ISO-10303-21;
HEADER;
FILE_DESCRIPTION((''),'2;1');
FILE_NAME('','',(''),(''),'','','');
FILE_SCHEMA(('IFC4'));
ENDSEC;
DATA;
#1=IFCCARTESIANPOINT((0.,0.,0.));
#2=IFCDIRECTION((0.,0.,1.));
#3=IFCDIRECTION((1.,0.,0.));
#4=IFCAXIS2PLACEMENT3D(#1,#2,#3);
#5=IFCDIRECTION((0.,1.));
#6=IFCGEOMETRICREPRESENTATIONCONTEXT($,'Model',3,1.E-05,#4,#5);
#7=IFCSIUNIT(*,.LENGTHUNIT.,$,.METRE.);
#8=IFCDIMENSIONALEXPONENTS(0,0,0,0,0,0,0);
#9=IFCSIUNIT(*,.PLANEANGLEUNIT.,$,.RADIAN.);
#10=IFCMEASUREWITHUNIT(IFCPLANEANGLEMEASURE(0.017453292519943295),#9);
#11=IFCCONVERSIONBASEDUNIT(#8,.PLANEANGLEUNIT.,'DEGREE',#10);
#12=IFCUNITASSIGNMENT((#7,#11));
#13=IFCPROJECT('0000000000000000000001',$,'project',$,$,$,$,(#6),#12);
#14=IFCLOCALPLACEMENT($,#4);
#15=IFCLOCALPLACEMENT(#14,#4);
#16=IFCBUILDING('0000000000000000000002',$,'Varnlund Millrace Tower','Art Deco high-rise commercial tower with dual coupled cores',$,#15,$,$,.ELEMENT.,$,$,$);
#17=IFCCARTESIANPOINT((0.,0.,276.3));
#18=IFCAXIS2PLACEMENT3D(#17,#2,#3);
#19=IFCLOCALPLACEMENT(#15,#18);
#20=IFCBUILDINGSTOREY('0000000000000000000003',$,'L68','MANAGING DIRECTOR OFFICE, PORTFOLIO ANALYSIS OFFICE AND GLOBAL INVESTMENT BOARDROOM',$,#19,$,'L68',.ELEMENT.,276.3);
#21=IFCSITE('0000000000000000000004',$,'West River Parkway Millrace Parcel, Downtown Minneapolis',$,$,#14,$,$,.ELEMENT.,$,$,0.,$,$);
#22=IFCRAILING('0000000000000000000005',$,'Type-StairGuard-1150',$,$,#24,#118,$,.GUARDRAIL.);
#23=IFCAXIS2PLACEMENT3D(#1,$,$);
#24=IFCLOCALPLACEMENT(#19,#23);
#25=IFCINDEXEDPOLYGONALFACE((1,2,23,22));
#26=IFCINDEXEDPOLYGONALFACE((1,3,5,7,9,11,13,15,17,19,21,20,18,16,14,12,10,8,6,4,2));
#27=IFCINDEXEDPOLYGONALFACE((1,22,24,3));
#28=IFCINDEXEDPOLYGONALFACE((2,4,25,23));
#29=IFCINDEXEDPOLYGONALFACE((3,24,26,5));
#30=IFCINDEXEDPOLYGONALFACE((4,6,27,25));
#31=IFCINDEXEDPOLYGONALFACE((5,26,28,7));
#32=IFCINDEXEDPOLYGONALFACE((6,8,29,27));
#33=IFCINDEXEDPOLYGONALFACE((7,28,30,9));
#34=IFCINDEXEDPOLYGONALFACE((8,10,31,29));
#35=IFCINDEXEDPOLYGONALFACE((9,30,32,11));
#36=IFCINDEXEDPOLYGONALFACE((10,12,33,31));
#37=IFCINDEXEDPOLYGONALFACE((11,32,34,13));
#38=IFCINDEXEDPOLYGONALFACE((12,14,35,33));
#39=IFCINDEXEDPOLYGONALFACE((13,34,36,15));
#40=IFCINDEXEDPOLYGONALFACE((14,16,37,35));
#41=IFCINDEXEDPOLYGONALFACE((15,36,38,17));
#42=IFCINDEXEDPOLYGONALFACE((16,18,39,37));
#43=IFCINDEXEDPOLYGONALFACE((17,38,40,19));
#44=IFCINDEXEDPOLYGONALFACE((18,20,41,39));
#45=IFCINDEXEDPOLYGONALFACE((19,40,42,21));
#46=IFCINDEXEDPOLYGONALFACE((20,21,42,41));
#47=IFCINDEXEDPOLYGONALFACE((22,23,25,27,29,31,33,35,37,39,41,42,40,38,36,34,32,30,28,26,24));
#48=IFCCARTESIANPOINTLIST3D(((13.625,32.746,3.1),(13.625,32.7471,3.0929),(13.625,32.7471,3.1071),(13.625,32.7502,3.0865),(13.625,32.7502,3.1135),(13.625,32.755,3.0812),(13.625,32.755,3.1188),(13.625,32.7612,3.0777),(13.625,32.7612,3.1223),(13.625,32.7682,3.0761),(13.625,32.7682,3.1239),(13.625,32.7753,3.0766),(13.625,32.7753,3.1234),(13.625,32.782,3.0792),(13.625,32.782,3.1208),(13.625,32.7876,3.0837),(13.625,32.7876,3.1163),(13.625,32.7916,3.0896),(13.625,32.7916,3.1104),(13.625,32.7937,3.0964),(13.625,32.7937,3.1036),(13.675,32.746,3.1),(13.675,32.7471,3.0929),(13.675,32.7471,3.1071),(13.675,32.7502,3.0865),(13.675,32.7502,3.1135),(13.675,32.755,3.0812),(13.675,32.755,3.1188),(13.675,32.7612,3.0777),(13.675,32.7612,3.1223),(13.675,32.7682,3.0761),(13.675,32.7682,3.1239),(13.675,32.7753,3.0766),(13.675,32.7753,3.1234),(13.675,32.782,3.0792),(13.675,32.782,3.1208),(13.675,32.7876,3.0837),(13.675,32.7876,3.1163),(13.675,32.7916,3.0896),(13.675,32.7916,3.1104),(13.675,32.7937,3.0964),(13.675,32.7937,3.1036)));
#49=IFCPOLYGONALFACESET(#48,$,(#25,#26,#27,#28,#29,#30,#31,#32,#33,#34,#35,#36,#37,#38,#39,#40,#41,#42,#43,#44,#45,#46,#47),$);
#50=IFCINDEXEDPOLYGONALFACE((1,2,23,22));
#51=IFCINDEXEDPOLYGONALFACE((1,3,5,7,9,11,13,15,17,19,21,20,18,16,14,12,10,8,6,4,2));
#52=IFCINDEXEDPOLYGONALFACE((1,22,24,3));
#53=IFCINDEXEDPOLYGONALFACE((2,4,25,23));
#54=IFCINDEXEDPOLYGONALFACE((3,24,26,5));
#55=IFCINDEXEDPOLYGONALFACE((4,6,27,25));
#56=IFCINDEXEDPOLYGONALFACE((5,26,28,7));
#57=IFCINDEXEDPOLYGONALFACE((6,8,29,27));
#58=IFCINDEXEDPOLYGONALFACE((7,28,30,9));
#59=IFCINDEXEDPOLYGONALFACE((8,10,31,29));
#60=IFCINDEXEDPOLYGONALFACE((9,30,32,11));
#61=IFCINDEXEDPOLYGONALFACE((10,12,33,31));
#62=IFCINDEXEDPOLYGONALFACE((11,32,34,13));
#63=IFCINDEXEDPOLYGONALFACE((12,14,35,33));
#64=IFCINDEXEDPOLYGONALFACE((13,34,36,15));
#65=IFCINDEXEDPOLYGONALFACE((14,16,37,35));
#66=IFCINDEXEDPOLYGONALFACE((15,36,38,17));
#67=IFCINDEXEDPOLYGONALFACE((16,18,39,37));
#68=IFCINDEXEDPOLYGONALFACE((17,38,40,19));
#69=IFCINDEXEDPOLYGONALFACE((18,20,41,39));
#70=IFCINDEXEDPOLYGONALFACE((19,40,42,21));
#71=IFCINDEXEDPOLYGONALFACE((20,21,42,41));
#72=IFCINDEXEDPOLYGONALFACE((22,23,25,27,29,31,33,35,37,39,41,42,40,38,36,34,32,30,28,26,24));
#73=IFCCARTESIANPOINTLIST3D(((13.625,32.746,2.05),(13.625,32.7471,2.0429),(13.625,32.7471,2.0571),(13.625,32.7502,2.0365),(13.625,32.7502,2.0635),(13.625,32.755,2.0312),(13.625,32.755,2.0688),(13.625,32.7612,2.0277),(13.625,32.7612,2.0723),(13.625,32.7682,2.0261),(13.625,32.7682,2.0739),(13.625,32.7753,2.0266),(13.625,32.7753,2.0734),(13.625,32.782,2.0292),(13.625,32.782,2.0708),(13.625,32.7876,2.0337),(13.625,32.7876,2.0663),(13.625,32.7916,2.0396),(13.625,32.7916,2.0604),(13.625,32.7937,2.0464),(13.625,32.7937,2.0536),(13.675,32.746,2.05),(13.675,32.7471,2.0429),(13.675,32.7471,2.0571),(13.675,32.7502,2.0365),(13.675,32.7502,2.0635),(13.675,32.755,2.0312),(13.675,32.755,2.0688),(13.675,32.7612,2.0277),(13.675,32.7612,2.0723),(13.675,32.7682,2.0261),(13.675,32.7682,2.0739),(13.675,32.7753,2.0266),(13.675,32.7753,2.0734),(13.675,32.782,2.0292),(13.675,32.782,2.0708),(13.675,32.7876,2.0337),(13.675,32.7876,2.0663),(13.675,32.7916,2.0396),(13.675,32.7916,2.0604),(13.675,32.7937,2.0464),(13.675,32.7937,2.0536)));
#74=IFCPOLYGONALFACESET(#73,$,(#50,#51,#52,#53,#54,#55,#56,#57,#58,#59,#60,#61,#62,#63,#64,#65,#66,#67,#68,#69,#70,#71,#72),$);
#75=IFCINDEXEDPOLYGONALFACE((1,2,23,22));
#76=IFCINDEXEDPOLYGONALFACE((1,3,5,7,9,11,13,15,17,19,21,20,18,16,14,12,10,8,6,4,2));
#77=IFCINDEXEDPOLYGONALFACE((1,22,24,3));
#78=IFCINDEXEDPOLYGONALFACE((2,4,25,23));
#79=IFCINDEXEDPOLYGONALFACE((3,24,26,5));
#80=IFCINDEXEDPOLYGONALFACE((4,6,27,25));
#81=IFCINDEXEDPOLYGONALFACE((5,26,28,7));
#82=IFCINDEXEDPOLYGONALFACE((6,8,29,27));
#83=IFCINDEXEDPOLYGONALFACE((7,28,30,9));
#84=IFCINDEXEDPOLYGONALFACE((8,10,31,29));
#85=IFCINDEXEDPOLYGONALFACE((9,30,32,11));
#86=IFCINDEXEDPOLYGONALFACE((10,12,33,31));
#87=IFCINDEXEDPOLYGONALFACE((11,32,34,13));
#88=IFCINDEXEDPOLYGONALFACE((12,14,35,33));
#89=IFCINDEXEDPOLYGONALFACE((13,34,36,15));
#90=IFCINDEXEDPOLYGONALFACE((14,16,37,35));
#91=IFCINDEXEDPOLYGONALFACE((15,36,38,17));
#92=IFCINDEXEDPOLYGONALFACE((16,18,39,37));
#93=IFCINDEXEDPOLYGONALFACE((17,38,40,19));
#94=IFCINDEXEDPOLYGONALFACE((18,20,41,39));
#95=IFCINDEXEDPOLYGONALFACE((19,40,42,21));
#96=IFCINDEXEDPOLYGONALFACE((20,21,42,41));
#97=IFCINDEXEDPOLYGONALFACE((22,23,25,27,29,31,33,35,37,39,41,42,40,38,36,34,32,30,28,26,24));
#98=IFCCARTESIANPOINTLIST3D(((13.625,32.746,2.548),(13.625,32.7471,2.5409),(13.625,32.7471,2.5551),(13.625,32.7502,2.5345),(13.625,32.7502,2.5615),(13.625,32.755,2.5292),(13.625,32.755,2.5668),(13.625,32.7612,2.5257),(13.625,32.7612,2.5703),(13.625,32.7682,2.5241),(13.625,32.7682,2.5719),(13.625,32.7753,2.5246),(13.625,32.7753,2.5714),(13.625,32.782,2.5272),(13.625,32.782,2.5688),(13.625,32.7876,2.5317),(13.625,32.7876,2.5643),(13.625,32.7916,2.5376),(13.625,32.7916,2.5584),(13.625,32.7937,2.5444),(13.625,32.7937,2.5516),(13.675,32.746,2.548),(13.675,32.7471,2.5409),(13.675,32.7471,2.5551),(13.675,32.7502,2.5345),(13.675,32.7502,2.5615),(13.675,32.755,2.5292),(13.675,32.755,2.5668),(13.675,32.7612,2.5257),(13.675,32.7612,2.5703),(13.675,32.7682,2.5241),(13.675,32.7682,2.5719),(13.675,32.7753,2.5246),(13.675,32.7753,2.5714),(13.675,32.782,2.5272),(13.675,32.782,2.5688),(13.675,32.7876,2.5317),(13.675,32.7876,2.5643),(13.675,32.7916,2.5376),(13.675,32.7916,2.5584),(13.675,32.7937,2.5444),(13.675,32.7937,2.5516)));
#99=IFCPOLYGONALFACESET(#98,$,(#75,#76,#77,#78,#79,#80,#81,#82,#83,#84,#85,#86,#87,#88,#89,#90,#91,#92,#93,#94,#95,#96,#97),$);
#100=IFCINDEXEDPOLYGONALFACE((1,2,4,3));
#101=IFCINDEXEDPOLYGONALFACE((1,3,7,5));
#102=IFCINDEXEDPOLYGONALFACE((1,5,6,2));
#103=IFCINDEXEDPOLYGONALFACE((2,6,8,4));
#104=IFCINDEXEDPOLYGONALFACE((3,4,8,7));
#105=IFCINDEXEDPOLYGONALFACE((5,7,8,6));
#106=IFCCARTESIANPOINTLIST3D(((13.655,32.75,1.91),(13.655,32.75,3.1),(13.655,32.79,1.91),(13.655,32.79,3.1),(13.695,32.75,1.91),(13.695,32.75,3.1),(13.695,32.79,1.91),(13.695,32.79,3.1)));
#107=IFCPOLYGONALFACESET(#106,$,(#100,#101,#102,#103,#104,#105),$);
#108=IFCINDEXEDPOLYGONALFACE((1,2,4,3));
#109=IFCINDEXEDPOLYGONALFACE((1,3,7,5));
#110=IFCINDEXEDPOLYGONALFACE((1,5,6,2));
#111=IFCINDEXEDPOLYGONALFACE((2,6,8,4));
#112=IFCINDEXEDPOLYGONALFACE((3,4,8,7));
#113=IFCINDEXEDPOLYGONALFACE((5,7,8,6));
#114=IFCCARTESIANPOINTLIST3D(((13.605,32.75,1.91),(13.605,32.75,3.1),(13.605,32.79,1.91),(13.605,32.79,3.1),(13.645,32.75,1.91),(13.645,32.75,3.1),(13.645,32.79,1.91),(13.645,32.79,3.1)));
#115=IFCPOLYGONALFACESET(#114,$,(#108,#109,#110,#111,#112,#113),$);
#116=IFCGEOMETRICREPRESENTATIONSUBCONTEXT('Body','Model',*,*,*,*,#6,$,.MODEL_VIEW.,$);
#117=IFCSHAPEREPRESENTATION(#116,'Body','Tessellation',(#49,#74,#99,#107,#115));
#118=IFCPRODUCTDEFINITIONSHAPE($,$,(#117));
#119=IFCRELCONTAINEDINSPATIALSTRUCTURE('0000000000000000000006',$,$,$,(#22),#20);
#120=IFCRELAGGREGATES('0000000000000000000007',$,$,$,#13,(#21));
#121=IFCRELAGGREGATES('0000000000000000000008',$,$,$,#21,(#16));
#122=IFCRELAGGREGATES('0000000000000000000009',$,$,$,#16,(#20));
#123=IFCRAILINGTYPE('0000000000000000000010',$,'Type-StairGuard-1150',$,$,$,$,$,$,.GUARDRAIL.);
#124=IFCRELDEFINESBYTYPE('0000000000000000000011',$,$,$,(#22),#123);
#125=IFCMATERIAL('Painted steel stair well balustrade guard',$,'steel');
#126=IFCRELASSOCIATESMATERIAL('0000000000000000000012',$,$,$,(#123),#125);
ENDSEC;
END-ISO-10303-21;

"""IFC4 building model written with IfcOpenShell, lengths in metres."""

from ifc_helpers import new_model, entity, si_unit, converted_unit, direction, frame, origin_with_axes, origin_2d_with_axis, place, context, subcontext, project, spatial, rectangle, circle, extrude, material, type_object, element, save


model = new_model("IFC4")

# Units and contexts
model_context = context("Model", 3, precision=1e-05, world=origin_with_axes(), true_north=direction((0.0, 1.0)))
body_context = subcontext(model_context, "Body", "Model", "MODEL_VIEW")
ifc_project = project(units=[si_unit("LENGTHUNIT", "METRE"), converted_unit("PLANEANGLEUNIT", "DEGREE", entity("IfcPlaneAngleMeasure", 0.017453292519943295), si_unit("PLANEANGLEUNIT", "RADIAN"), dimensions=[0, 0, 0, 0, 0, 0, 0])], contexts=[model_context])

# Site, building, storey
site_placement = place(None, origin_with_axes())
site = spatial("IfcSite", under=ifc_project, at=site_placement, Name="West River Parkway Millrace Parcel, Downtown Minneapolis", CompositionType="ELEMENT", RefElevation=0.0)
building_placement = place(site_placement, origin_with_axes())
building = spatial("IfcBuilding", under=site, at=building_placement, Name="Varnlund Millrace Tower", Description="Art Deco high-rise commercial tower with dual coupled cores", CompositionType="ELEMENT")
storey_placement = place(building_placement, frame((0.0, 0.0, 276.3), z_axis=(0.0, 0.0, 1.0), x_axis=(1.0, 0.0, 0.0)))
storey = spatial("IfcBuildingStorey", under=building, at=storey_placement, Name="L68", Description="MANAGING DIRECTOR OFFICE, PORTFOLIO ANALYSIS OFFICE AND GLOBAL INVESTMENT BOARDROOM", LongName="L68", CompositionType="ELEMENT", Elevation=276.3)

# Railing
ifc_material_1 = material(Name="Painted steel stair well balustrade guard", Category="steel")
railing_type_1 = type_object("IfcRailingType", Name="Type-StairGuard-1150", PredefinedType="GUARDRAIL", material=ifc_material_1)
railing_1_placement = place(storey_placement, frame((0.0, 0.0, -276.3), z_axis=(0.0, 0.0, 1.0), x_axis=(1.0, 0.0, 0.0)))
element("IfcRailing", 1, at=railing_1_placement, inside=storey, type_object=railing_type_1, Name="Type-StairGuard-1150", PredefinedType="GUARDRAIL", context=body_context, shape_type="SweptSolid", body=[
    extrude(circle(Radius=0.024, at=origin_2d_with_axis()), frame((13.675, 32.77, 279.4), z_axis=(-1.0, 0.0, 0.0), x_axis=(0.0, -1.0, 0.0)), (0.0, 0.0, 1.0), 0.05),
    extrude(circle(Radius=0.024, at=origin_2d_with_axis()), frame((13.675, 32.77, 278.35), z_axis=(-1.0, 0.0, 0.0), x_axis=(0.0, -1.0, 0.0)), (0.0, 0.0, 1.0), 0.05),
    extrude(circle(Radius=0.024, at=origin_2d_with_axis()), frame((13.675, 32.77, 278.848), z_axis=(-1.0, 0.0, 0.0), x_axis=(0.0, -1.0, 0.0)), (0.0, 0.0, 1.0), 0.05),
    extrude(rectangle(XDim=0.04, YDim=0.04, at=origin_2d_with_axis()), frame((13.675, 32.77, 278.21), z_axis=(0.0, 0.0, 1.0), x_axis=(1.0, 0.0, 0.0)), (0.0, 0.0, 1.0), 1.19),
    extrude(rectangle(XDim=0.04, YDim=0.04, at=origin_2d_with_axis()), frame((13.625, 32.77, 278.21), z_axis=(0.0, 0.0, 1.0), x_axis=(1.0, 0.0, 0.0)), (0.0, 0.0, 1.0), 1.19),
])

save(model, "model.ifc")
